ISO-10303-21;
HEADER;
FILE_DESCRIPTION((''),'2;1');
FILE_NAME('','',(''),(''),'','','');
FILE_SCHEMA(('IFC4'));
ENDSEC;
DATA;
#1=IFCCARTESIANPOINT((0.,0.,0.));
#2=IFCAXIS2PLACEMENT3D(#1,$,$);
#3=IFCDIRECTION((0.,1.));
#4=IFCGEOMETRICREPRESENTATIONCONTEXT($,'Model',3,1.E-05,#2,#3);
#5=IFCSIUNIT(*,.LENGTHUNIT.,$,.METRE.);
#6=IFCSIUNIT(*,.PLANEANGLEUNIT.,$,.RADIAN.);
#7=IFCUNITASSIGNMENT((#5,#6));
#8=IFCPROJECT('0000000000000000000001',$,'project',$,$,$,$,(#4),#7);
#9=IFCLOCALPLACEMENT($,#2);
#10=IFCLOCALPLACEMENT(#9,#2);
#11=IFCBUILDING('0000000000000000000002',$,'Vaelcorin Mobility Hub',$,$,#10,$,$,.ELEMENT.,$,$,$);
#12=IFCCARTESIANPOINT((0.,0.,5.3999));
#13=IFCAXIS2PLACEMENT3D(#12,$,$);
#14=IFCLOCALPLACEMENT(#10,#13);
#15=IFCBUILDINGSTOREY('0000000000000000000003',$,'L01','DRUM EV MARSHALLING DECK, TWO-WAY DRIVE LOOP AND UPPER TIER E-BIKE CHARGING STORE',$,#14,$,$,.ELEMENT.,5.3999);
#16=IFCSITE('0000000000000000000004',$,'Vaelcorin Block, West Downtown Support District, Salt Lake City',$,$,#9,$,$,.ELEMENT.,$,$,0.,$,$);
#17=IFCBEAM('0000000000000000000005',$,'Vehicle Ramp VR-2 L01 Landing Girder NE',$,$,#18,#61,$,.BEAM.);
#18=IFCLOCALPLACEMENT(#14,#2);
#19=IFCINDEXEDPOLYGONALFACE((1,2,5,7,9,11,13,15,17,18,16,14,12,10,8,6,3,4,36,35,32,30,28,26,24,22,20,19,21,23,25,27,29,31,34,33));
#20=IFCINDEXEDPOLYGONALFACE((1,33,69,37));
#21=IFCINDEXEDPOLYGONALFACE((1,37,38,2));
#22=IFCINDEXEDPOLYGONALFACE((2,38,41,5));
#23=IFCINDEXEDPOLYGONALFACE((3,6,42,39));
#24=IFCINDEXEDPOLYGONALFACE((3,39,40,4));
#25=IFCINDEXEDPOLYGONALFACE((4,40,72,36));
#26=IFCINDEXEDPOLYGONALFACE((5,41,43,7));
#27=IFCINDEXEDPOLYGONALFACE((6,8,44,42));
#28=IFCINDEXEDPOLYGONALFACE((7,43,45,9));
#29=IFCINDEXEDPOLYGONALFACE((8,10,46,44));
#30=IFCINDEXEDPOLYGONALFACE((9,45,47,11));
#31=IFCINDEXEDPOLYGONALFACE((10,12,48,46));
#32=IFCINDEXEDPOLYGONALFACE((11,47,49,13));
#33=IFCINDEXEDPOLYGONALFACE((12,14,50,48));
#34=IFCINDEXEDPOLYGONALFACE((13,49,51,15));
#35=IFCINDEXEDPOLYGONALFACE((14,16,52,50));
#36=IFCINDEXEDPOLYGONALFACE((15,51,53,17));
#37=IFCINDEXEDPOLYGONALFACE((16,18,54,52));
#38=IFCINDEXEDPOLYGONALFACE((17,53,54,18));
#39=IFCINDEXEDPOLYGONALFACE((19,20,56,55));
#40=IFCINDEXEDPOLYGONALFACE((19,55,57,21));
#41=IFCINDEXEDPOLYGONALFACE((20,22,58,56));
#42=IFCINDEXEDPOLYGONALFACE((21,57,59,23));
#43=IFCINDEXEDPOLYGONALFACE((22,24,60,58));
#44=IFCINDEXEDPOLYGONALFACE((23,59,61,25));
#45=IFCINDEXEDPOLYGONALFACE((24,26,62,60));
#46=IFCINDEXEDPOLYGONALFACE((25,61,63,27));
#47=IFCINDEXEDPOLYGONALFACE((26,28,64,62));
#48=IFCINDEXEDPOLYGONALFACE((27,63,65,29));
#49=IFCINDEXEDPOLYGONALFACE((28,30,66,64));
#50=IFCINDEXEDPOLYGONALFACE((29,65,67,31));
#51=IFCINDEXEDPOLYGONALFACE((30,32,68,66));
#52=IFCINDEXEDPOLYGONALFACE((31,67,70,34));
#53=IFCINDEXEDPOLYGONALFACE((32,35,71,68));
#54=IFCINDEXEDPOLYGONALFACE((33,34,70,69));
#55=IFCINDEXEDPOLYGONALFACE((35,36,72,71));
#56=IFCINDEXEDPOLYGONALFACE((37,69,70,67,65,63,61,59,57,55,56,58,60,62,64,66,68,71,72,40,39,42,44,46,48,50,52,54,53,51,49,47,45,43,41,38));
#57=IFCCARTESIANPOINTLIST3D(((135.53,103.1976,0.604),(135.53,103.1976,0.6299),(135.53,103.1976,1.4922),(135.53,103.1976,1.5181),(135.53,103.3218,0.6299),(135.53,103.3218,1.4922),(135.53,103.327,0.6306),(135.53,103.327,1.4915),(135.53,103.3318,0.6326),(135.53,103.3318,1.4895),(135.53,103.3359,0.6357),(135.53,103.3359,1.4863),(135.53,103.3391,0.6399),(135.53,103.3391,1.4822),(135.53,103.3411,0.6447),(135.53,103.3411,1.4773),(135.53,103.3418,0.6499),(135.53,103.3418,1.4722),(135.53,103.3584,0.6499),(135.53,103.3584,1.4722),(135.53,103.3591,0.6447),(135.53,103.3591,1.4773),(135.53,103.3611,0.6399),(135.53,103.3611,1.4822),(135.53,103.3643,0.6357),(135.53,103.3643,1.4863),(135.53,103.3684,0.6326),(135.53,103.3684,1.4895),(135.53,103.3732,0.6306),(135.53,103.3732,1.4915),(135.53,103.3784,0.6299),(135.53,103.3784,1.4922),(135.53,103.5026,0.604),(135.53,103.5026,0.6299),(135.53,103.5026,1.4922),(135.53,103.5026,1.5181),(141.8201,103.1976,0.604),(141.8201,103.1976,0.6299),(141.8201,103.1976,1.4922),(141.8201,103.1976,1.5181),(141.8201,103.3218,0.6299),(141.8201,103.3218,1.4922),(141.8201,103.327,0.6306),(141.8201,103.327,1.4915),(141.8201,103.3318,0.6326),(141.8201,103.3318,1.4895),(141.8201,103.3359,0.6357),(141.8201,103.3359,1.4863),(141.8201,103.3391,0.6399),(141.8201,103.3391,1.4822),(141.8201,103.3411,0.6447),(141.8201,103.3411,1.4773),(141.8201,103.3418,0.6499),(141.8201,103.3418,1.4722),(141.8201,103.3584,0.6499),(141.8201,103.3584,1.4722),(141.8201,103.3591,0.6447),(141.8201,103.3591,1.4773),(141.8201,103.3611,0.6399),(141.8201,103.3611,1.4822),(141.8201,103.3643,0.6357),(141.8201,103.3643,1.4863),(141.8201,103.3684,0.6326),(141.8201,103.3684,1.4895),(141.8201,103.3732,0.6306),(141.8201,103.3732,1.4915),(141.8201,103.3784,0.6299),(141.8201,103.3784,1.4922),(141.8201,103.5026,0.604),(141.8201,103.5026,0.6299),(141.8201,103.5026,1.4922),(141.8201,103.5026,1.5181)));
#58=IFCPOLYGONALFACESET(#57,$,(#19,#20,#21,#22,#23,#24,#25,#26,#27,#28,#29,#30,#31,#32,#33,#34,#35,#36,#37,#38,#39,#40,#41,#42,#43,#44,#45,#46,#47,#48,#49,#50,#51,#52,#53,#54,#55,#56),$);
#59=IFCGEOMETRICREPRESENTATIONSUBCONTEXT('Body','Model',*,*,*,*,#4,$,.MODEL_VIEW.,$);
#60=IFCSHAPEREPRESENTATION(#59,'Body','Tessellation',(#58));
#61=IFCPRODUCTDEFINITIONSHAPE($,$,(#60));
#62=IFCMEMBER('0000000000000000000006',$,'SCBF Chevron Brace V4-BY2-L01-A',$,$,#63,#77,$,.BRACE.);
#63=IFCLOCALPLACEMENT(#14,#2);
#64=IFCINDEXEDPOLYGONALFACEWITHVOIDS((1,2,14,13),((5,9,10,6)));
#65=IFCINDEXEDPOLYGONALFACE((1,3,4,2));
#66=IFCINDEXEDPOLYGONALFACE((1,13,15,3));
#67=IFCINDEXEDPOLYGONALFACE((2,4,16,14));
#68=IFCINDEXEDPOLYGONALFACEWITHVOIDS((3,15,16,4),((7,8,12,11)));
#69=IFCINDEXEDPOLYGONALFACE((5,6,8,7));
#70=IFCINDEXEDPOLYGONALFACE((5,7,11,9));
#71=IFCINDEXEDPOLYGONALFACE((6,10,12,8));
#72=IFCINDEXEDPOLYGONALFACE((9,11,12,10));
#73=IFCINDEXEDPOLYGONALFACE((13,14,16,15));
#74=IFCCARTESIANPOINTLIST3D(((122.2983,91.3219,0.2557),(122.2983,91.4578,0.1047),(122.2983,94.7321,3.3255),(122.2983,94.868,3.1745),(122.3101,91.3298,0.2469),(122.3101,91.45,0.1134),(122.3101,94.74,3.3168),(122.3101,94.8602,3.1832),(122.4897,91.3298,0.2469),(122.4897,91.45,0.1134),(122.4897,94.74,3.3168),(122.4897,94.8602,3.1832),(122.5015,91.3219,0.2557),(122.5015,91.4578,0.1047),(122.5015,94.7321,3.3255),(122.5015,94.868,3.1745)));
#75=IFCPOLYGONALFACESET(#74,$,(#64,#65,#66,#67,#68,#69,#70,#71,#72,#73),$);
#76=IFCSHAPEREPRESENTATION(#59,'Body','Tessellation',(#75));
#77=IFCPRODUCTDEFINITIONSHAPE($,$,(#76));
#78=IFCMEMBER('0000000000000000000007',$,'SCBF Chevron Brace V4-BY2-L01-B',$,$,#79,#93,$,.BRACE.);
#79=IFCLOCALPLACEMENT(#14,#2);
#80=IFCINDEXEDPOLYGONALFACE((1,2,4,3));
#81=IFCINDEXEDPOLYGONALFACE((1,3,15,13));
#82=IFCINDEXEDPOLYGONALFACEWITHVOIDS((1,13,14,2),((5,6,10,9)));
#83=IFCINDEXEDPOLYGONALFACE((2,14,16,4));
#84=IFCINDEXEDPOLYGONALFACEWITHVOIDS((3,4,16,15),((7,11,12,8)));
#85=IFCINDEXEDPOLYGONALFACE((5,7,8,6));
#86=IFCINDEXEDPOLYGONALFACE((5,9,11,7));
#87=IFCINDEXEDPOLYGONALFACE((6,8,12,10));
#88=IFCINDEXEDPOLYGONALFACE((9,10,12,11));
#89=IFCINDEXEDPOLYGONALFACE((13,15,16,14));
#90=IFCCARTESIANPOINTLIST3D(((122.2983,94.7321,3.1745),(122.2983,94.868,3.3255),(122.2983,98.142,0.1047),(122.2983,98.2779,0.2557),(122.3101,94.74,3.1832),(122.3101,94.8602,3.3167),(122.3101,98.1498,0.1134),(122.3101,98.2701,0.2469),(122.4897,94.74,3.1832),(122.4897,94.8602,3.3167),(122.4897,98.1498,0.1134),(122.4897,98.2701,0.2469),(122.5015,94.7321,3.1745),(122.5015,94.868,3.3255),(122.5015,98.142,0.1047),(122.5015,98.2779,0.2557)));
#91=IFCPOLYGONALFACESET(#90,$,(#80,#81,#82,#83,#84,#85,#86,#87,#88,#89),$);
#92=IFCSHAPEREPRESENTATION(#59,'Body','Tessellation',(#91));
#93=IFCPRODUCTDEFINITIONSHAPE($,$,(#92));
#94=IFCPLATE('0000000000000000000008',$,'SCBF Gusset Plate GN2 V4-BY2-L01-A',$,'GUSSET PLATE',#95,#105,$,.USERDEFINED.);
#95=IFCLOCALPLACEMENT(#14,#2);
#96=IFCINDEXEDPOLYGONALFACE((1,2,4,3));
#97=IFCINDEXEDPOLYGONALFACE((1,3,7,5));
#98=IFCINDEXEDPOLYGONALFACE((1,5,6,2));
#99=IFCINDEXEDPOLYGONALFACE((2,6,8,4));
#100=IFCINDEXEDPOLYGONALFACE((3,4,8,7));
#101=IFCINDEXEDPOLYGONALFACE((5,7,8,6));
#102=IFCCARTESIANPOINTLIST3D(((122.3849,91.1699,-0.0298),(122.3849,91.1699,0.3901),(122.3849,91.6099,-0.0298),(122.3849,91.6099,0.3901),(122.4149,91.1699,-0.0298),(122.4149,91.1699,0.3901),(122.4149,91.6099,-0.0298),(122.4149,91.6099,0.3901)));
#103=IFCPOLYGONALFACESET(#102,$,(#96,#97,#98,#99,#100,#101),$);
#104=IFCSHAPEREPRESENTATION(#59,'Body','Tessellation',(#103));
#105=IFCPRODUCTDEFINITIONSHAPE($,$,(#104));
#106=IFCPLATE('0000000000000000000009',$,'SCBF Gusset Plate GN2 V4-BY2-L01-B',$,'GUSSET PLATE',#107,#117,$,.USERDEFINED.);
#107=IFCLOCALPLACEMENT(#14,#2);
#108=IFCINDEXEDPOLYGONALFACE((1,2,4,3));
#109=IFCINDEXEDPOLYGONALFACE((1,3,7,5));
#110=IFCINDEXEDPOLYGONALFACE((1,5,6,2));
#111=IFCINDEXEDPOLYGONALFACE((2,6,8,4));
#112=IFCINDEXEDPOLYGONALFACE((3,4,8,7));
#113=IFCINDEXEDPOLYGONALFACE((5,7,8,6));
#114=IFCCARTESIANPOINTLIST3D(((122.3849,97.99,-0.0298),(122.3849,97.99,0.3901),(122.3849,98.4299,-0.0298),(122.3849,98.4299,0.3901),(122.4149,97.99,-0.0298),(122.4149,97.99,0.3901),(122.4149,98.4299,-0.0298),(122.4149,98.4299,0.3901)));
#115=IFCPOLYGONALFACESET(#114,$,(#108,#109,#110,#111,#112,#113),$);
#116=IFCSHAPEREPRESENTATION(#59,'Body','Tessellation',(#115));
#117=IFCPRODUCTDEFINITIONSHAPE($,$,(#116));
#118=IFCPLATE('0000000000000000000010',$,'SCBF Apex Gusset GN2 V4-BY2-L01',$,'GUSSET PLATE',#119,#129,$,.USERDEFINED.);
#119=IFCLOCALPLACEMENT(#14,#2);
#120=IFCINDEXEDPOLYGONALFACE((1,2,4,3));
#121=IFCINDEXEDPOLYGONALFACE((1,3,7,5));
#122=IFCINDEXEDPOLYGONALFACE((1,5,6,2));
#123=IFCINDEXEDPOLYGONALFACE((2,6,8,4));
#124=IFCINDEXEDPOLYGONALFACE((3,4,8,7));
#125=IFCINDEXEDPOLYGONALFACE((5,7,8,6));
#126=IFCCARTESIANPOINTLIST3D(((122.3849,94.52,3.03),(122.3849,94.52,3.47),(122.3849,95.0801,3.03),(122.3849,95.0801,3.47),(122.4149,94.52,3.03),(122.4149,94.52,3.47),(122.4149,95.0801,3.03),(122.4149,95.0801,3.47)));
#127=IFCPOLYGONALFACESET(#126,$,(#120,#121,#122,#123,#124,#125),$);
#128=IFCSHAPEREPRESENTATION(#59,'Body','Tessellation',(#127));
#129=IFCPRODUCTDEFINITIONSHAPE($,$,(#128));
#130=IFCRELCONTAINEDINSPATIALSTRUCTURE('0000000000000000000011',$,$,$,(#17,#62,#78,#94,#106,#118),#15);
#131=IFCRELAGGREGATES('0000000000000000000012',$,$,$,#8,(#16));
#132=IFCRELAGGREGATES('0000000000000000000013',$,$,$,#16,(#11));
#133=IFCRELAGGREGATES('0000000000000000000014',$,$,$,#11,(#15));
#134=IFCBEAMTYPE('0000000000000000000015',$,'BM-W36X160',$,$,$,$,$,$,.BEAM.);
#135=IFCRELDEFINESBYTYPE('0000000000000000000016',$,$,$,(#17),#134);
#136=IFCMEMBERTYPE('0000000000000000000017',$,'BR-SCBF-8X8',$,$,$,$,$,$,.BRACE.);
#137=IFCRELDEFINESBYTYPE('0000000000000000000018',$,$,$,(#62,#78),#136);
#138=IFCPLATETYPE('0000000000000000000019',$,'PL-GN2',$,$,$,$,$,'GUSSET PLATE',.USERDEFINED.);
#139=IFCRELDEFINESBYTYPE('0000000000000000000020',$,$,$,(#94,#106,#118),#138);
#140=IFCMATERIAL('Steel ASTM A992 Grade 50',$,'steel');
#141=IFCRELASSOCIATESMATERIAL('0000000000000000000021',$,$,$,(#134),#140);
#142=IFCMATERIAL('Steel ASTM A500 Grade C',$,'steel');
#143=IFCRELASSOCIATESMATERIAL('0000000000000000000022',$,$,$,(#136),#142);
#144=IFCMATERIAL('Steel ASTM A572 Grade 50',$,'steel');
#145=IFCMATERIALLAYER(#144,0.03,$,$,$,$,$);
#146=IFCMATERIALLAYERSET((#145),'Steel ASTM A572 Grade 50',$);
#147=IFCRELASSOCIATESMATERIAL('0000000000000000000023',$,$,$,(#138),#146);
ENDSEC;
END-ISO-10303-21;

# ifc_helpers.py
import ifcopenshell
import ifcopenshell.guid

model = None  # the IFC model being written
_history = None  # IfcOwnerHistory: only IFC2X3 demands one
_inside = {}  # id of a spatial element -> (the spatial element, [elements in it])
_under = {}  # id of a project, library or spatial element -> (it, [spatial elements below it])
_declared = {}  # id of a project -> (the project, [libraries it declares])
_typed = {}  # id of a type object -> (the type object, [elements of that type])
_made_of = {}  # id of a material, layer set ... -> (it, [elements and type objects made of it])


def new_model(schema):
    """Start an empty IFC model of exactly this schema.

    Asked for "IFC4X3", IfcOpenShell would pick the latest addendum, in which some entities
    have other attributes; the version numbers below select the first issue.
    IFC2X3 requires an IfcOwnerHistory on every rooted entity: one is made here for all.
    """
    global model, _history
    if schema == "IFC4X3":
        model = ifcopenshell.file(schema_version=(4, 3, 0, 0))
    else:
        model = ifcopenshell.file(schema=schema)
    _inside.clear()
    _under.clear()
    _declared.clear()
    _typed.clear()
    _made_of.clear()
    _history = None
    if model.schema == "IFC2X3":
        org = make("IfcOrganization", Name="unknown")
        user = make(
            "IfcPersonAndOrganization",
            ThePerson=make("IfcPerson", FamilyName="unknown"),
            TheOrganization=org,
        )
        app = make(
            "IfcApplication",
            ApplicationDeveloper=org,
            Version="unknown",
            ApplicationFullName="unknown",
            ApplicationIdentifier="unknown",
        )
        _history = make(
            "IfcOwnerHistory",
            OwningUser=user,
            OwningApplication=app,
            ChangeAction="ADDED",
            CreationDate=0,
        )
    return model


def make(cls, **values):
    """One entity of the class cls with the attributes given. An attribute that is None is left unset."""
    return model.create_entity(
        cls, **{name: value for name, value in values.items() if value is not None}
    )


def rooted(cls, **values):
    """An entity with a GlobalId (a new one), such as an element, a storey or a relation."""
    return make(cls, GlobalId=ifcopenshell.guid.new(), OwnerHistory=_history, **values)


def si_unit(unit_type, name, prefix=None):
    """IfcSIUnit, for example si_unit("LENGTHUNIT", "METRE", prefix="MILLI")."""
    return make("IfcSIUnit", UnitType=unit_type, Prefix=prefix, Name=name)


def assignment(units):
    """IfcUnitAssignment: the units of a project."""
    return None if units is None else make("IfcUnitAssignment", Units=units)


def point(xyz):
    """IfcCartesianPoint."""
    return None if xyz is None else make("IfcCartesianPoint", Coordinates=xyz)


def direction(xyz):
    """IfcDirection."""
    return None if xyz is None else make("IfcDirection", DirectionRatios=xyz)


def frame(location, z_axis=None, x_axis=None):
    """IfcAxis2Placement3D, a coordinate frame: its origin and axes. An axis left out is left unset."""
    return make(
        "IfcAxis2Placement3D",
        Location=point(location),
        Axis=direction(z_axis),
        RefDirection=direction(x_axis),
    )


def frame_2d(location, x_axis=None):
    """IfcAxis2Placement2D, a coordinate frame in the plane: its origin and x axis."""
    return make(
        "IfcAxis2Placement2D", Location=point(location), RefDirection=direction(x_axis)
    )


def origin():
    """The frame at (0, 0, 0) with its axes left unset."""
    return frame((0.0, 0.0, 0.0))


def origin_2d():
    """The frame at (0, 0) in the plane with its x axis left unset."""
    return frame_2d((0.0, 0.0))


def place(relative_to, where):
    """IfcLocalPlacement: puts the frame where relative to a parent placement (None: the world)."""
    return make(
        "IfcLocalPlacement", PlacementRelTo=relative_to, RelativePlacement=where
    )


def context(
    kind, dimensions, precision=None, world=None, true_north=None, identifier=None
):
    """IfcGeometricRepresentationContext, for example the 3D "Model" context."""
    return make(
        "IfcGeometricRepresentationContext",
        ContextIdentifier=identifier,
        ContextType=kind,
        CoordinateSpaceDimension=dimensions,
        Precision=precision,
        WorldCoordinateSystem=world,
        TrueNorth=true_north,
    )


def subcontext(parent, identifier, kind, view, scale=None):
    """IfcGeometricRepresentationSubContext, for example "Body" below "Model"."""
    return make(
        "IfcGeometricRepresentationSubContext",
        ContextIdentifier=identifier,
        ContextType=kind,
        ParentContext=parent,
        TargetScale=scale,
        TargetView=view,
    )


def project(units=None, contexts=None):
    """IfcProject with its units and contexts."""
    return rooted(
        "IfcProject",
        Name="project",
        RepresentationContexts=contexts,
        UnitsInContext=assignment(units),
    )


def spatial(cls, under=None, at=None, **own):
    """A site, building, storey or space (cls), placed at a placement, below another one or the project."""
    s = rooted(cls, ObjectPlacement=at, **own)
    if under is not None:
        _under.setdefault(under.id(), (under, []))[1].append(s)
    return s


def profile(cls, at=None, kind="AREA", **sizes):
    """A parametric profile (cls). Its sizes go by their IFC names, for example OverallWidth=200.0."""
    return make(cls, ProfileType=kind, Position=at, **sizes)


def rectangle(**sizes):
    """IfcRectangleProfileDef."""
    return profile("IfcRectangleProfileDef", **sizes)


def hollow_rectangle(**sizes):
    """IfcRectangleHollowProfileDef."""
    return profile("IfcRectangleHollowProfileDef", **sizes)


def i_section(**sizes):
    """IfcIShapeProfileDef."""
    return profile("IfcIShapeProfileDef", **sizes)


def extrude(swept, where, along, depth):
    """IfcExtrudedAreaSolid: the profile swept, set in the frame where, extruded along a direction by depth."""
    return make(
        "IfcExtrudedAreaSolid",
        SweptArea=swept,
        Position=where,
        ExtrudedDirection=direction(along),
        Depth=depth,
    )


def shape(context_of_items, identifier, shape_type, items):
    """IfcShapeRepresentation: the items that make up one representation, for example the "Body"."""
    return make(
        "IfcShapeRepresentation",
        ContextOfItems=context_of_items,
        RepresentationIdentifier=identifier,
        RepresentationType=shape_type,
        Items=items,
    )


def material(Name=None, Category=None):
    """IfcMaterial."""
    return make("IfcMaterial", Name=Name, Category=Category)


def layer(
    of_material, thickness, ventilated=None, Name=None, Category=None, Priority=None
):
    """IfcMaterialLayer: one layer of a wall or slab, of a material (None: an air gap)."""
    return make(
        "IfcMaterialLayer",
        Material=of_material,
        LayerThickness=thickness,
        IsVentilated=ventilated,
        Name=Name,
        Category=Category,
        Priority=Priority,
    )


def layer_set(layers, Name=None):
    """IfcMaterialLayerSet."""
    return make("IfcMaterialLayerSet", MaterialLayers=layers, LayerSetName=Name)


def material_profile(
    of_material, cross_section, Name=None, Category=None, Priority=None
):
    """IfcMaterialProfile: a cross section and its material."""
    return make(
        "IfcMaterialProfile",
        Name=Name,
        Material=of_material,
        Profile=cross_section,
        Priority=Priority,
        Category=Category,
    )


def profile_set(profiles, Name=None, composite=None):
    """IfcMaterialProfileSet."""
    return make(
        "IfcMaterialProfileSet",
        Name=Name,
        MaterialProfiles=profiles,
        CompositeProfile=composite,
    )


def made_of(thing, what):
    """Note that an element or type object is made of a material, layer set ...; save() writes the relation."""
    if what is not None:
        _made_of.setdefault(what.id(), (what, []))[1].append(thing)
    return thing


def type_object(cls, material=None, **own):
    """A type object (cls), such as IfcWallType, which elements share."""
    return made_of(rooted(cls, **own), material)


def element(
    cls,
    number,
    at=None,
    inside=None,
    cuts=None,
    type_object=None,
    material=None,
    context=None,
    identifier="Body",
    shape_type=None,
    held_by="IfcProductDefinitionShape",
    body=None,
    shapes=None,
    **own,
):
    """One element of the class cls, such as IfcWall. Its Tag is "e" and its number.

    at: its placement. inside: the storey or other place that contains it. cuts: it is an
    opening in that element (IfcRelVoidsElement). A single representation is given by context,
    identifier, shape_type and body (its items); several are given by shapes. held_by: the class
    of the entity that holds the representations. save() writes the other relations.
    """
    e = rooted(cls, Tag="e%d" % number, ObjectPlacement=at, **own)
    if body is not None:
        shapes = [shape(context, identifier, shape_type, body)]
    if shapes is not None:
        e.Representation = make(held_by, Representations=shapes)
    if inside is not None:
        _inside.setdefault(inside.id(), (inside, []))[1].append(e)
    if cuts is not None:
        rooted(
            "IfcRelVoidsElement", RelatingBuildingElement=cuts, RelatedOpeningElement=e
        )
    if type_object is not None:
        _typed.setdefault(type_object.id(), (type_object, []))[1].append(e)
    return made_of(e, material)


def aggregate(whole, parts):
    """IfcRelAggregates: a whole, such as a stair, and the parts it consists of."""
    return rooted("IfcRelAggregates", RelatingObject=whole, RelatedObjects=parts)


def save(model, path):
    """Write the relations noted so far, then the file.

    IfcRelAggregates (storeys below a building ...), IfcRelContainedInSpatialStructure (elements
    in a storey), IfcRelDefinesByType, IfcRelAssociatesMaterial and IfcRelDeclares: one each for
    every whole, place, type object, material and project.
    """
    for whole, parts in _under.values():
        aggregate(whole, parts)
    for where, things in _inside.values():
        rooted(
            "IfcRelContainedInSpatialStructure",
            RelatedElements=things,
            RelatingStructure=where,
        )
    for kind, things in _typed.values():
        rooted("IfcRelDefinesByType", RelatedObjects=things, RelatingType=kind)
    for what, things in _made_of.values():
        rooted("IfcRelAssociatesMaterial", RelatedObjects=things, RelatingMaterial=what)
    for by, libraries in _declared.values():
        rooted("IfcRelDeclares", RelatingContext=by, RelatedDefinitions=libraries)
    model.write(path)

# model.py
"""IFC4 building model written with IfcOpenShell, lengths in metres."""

from ifc_helpers import new_model, si_unit, direction, frame, origin, origin_2d, place, context, subcontext, project, spatial, rectangle, hollow_rectangle, i_section, extrude, material, layer, layer_set, material_profile, profile_set, type_object, element, save


model = new_model("IFC4")

# Units and contexts
model_context = context("Model", 3, precision=1e-05, world=origin(), true_north=direction((0.0, 1.0)))
body_context = subcontext(model_context, "Body", "Model", "MODEL_VIEW")
ifc_project = project(units=[si_unit("LENGTHUNIT", "METRE"), si_unit("PLANEANGLEUNIT", "RADIAN")], contexts=[model_context])

# Site, building, storey
site_placement = place(None, origin())
site = spatial("IfcSite", under=ifc_project, at=site_placement, Name="Vaelcorin Block, West Downtown Support District, Salt Lake City", CompositionType="ELEMENT", RefElevation=0.0)
building_placement = place(site_placement, origin())
building = spatial("IfcBuilding", under=site, at=building_placement, Name="Vaelcorin Mobility Hub", CompositionType="ELEMENT")
storey_placement = place(building_placement, frame((0.0, 0.0, 5.3999)))
storey = spatial("IfcBuildingStorey", under=building, at=storey_placement, Name="L01", Description="DRUM EV MARSHALLING DECK, TWO-WAY DRIVE LOOP AND UPPER TIER E-BIKE CHARGING STORE", CompositionType="ELEMENT", Elevation=5.3999)

# Shared definitions
ifc_material_1 = material(Name="Steel ASTM A992 Grade 50", Category="steel")

# Beam
ifc_material_profile_1 = material_profile(ifc_material_1, i_section(OverallWidth=0.3049, OverallDepth=0.9141, WebThickness=0.0166, FlangeThickness=0.0259, FilletRadius=0.02, at=origin_2d()), Name="W36X160")
ifc_profile_set_1 = profile_set([ifc_material_profile_1], Name="Steel ASTM A992 Grade 50")
beam_type_1 = type_object("IfcBeamType", Name="BM-W36X160", PredefinedType="BEAM", material=ifc_profile_set_1)
for number, where, z_axis, x_axis, name in (
    (1, (135.53, 103.3501, 1.061), (1.0, 0.0, 0.0), (0.0, 1.0, 0.0), "Vehicle Ramp VR-2 L01 Landing Girder NE"),
):
    element("IfcBeam", number, at=place(storey_placement, frame(where, z_axis=z_axis, x_axis=x_axis)), inside=storey, type_object=beam_type_1, Name=name, PredefinedType="BEAM", context=body_context, shape_type="SweptSolid", body=[
        extrude(i_section(OverallWidth=0.3049, OverallDepth=0.9141, WebThickness=0.0166, FlangeThickness=0.0259, FilletRadius=0.02, at=origin_2d()), origin(), (0.0, 0.0, 1.0), 6.29),
    ])

# Members
ifc_material_2 = material(Name="Steel ASTM A500 Grade C", Category="steel")
ifc_material_profile_2 = material_profile(ifc_material_2, hollow_rectangle(XDim=0.2031, YDim=0.2031, WallThickness=0.0117, at=origin_2d()), Name="HSS8X8X0.500")
ifc_profile_set_2 = profile_set([ifc_material_profile_2], Name="Steel ASTM A500 Grade C")
member_type = type_object("IfcMemberType", Name="BR-SCBF-8X8", PredefinedType="BRACE", material=ifc_profile_set_2)
member_1_placement = place(storey_placement, frame((122.3999, 91.3899, 0.1802), z_axis=(0.0, 0.74322, 0.669047), x_axis=(-1.0, 0.0, 0.0)))
element("IfcMember", 2, at=member_1_placement, inside=storey, type_object=member_type, Name="SCBF Chevron Brace V4-BY2-L01-A", PredefinedType="BRACE", context=body_context, shape_type="SweptSolid", body=[
    extrude(hollow_rectangle(XDim=0.2031, YDim=0.2031, WallThickness=0.0117, at=origin_2d()), origin(), (0.0, 0.0, 1.0), 4.5884),
])
member_2_placement = place(storey_placement, frame((122.3999, 98.21, 0.1802), z_axis=(0.0, -0.743196, 0.669073), x_axis=(1.0, 0.0, 0.0)))
element("IfcMember", 3, at=member_2_placement, inside=storey, type_object=member_type, Name="SCBF Chevron Brace V4-BY2-L01-B", PredefinedType="BRACE", context=body_context, shape_type="SweptSolid", body=[
    extrude(hollow_rectangle(XDim=0.2031, YDim=0.2031, WallThickness=0.0117, at=origin_2d()), origin(), (0.0, 0.0, 1.0), 4.5881),
])

# Plates
ifc_material_3 = material(Name="Steel ASTM A572 Grade 50", Category="steel")
ifc_layer_1 = layer(ifc_material_3, 0.03)
ifc_layer_set_1 = layer_set([ifc_layer_1], Name="Steel ASTM A572 Grade 50")
plate_type = type_object("IfcPlateType", Name="PL-GN2", ElementType="GUSSET PLATE", PredefinedType="USERDEFINED", material=ifc_layer_set_1)
for number, where, z_axis, x_axis, name in (
    (4, (122.3999, 91.3899, -0.0298), (0.0, 0.0, 1.0), (0.0, 1.0, 0.0), "SCBF Gusset Plate GN2 V4-BY2-L01-A"),
    (5, (122.3999, 98.21, -0.0298), (0.0, 0.0, 1.0), (0.0, 1.0, 0.0), "SCBF Gusset Plate GN2 V4-BY2-L01-B"),
):
    element("IfcPlate", number, at=place(storey_placement, frame(where, z_axis=z_axis, x_axis=x_axis)), inside=storey, type_object=plate_type, Name=name, ObjectType="GUSSET PLATE", PredefinedType="USERDEFINED", context=body_context, shape_type="SweptSolid", body=[
        extrude(rectangle(XDim=0.4399, YDim=0.03, at=origin_2d()), origin(), (0.0, 0.0, 1.0), 0.4199),
    ])
plate_placement = place(storey_placement, frame((122.3999, 94.8, 3.03), z_axis=(0.0, 0.0, 1.0), x_axis=(0.0, 1.0, 0.0)))
element("IfcPlate", 6, at=plate_placement, inside=storey, type_object=plate_type, Name="SCBF Apex Gusset GN2 V4-BY2-L01", ObjectType="GUSSET PLATE", PredefinedType="USERDEFINED", context=body_context, shape_type="SweptSolid", body=[
    extrude(rectangle(XDim=0.5601, YDim=0.03, at=origin_2d()), origin(), (0.0, 0.0, 1.0), 0.4399),
])

save(model, "model.ifc")
